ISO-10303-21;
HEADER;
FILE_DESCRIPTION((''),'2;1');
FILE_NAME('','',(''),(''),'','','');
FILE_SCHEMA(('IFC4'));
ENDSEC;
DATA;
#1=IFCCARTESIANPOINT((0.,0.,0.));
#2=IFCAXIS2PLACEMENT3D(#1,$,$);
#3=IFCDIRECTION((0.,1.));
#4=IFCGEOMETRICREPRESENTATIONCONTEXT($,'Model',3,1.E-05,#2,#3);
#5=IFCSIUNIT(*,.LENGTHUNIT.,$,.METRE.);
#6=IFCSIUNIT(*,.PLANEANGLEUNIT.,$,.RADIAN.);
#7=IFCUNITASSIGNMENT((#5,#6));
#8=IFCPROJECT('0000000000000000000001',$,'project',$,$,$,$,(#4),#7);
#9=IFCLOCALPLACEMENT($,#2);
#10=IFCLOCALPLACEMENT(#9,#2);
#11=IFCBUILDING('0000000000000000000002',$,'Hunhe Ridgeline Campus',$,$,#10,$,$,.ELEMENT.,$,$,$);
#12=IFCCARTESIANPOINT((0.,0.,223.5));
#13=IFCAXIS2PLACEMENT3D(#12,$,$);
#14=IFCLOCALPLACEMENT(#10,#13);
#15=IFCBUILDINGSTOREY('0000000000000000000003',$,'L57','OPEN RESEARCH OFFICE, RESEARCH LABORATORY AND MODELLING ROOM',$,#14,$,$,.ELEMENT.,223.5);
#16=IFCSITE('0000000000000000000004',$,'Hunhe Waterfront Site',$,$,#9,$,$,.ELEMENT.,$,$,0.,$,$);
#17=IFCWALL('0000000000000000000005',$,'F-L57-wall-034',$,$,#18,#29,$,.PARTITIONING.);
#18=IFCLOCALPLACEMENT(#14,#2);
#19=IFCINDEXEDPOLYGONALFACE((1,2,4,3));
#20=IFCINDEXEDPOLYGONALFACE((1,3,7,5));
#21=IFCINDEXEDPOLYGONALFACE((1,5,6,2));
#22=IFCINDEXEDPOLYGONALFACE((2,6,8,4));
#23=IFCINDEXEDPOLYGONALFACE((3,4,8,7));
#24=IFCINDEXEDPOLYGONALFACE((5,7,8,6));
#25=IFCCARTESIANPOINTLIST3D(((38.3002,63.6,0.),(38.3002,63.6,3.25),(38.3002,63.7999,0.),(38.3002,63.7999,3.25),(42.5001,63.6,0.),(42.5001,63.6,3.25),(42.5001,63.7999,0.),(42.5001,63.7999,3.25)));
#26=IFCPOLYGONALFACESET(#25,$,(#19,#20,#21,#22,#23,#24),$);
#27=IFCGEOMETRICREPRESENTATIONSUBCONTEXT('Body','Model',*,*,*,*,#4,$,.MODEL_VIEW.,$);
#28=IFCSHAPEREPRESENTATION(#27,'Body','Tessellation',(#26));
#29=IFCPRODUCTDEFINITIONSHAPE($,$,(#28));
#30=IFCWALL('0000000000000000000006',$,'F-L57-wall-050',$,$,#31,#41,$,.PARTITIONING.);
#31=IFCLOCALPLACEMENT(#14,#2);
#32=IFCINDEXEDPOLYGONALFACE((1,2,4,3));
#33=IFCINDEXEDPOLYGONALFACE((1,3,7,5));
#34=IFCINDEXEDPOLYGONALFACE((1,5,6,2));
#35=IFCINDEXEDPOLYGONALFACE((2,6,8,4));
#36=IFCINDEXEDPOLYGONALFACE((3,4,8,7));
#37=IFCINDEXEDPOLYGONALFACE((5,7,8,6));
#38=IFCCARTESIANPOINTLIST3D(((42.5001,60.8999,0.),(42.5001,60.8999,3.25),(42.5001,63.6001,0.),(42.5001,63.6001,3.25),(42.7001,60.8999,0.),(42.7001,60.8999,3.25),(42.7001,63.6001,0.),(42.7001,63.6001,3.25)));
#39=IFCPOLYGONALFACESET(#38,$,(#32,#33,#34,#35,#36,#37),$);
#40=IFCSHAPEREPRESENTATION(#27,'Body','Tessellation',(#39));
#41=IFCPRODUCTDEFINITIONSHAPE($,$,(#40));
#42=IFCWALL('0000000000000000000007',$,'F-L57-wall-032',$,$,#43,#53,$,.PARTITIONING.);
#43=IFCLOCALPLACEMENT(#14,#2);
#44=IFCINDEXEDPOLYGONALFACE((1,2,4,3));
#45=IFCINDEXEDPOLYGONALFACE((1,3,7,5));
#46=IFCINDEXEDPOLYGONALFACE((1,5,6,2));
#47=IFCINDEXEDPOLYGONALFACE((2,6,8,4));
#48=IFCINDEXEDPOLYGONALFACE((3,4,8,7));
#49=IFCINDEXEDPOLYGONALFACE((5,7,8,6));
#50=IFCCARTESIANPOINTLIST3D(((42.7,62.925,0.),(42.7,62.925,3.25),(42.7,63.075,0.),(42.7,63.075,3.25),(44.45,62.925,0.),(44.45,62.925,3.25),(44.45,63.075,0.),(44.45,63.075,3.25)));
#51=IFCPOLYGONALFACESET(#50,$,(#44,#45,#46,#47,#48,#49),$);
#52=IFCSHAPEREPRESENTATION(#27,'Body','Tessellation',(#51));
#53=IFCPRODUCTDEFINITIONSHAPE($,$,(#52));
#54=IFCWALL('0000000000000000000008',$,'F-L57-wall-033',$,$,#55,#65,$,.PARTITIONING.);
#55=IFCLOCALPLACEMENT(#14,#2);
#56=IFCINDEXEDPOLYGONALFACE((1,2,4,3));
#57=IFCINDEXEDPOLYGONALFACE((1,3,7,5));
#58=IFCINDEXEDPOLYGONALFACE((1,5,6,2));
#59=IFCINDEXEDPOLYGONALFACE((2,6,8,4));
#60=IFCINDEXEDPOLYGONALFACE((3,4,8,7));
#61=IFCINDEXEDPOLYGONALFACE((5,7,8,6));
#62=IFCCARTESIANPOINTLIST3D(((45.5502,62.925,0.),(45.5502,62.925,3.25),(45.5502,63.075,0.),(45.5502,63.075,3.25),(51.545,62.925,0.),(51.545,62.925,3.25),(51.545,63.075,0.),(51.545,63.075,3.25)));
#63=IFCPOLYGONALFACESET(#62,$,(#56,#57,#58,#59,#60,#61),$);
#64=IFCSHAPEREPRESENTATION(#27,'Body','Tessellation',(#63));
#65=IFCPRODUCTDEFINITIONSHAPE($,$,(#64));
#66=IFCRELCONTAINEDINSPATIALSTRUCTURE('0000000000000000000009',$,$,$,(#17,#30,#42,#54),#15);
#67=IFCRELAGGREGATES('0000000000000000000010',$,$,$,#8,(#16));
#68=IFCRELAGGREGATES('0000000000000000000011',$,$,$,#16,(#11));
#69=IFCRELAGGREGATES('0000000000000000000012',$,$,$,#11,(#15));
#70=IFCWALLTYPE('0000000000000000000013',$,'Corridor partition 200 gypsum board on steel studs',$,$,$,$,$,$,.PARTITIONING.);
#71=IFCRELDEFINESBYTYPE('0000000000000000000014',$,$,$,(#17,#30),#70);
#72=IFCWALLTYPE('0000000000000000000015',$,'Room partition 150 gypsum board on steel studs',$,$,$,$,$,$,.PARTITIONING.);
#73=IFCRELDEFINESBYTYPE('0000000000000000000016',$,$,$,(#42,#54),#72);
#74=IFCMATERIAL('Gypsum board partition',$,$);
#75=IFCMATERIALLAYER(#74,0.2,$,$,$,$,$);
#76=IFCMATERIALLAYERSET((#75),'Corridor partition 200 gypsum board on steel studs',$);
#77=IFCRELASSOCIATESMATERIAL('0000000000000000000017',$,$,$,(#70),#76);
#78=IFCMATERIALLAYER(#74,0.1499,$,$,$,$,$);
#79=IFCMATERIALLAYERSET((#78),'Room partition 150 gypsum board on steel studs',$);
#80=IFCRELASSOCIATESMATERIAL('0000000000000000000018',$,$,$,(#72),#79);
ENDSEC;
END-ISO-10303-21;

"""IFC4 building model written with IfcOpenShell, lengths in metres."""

from ifc_helpers import new_model, si_unit, direction, frame, frame_2d, origin, place, context, subcontext, project, spatial, rectangle, extrude, material, layer, layer_set, type_object, element, save


model = new_model("IFC4")

# Units and contexts
model_context = context("Model", 3, precision=1e-05, world=origin(), true_north=direction((0.0, 1.0)))
body_context = subcontext(model_context, "Body", "Model", "MODEL_VIEW")
ifc_project = project(units=[si_unit("LENGTHUNIT", "METRE"), si_unit("PLANEANGLEUNIT", "RADIAN")], contexts=[model_context])

# Site, building, storey
site_placement = place(None, origin())
site = spatial("IfcSite", under=ifc_project, at=site_placement, Name="Hunhe Waterfront Site", CompositionType="ELEMENT", RefElevation=0.0)
building_placement = place(site_placement, origin())
building = spatial("IfcBuilding", under=site, at=building_placement, Name="Hunhe Ridgeline Campus", CompositionType="ELEMENT")
storey_placement = place(building_placement, frame((0.0, 0.0, 223.5)))
storey = spatial("IfcBuildingStorey", under=building, at=storey_placement, Name="L57", Description="OPEN RESEARCH OFFICE, RESEARCH LABORATORY AND MODELLING ROOM", CompositionType="ELEMENT", Elevation=223.5)

# Shared definitions
ifc_material_1 = material(Name="Gypsum board partition")
ifc_layer_1 = layer(ifc_material_1, 0.2)
ifc_layer_set_1 = layer_set([ifc_layer_1], Name="Corridor partition 200 gypsum board on steel studs")
wall_type_1 = type_object("IfcWallType", Name="Corridor partition 200 gypsum board on steel studs", PredefinedType="PARTITIONING", material=ifc_layer_set_1)

# Wall
wall_1_placement = place(storey_placement, frame((38.3, 63.7, 0.0), z_axis=(0.0, 0.0, 1.0), x_axis=(1.0, 0.0, 0.0)))
element("IfcWall", 1, at=wall_1_placement, inside=storey, type_object=wall_type_1, Name="F-L57-wall-034", PredefinedType="PARTITIONING", context=body_context, shape_type="SweptSolid", body=[
    extrude(rectangle(XDim=4.2, YDim=0.2, at=frame_2d((2.1001, 0.0))), origin(), (0.0, 0.0, 1.0), 3.25),
])

# Walls
wall_2_placement = place(storey_placement, frame((42.6001, 63.6001, 0.0), z_axis=(0.0, 0.0, 1.0), x_axis=(0.0, -1.0, 0.0)))
element("IfcWall", 2, at=wall_2_placement, inside=storey, type_object=wall_type_1, Name="F-L57-wall-050", PredefinedType="PARTITIONING", context=body_context, shape_type="SweptSolid", body=[
    extrude(rectangle(XDim=2.7002, YDim=0.2, at=frame_2d((1.3501, 0.0))), origin(), (0.0, 0.0, 1.0), 3.25),
])
ifc_layer_2 = layer(ifc_material_1, 0.1499)
ifc_layer_set_2 = layer_set([ifc_layer_2], Name="Room partition 150 gypsum board on steel studs")
wall_type_2 = type_object("IfcWallType", Name="Room partition 150 gypsum board on steel studs", PredefinedType="PARTITIONING", material=ifc_layer_set_2)
wall_3_placement = place(storey_placement, frame((42.7, 63.0, 0.0), z_axis=(0.0, 0.0, 1.0), x_axis=(1.0, 0.0, 0.0)))
element("IfcWall", 3, at=wall_3_placement, inside=storey, type_object=wall_type_2, Name="F-L57-wall-032", PredefinedType="PARTITIONING", context=body_context, shape_type="SweptSolid", body=[
    extrude(rectangle(XDim=1.75, YDim=0.1499, at=frame_2d((0.875, 0.0))), origin(), (0.0, 0.0, 1.0), 3.25),
])
wall_4_placement = place(storey_placement, frame((45.55, 63.0, 0.0), z_axis=(0.0, 0.0, 1.0), x_axis=(1.0, 0.0, 0.0)))
element("IfcWall", 4, at=wall_4_placement, inside=storey, type_object=wall_type_2, Name="F-L57-wall-033", PredefinedType="PARTITIONING", context=body_context, shape_type="SweptSolid", body=[
    extrude(rectangle(XDim=5.9949, YDim=0.1499, at=frame_2d((2.9976, 0.0))), origin(), (0.0, 0.0, 1.0), 3.25),
])

save(model, "model.ifc")
